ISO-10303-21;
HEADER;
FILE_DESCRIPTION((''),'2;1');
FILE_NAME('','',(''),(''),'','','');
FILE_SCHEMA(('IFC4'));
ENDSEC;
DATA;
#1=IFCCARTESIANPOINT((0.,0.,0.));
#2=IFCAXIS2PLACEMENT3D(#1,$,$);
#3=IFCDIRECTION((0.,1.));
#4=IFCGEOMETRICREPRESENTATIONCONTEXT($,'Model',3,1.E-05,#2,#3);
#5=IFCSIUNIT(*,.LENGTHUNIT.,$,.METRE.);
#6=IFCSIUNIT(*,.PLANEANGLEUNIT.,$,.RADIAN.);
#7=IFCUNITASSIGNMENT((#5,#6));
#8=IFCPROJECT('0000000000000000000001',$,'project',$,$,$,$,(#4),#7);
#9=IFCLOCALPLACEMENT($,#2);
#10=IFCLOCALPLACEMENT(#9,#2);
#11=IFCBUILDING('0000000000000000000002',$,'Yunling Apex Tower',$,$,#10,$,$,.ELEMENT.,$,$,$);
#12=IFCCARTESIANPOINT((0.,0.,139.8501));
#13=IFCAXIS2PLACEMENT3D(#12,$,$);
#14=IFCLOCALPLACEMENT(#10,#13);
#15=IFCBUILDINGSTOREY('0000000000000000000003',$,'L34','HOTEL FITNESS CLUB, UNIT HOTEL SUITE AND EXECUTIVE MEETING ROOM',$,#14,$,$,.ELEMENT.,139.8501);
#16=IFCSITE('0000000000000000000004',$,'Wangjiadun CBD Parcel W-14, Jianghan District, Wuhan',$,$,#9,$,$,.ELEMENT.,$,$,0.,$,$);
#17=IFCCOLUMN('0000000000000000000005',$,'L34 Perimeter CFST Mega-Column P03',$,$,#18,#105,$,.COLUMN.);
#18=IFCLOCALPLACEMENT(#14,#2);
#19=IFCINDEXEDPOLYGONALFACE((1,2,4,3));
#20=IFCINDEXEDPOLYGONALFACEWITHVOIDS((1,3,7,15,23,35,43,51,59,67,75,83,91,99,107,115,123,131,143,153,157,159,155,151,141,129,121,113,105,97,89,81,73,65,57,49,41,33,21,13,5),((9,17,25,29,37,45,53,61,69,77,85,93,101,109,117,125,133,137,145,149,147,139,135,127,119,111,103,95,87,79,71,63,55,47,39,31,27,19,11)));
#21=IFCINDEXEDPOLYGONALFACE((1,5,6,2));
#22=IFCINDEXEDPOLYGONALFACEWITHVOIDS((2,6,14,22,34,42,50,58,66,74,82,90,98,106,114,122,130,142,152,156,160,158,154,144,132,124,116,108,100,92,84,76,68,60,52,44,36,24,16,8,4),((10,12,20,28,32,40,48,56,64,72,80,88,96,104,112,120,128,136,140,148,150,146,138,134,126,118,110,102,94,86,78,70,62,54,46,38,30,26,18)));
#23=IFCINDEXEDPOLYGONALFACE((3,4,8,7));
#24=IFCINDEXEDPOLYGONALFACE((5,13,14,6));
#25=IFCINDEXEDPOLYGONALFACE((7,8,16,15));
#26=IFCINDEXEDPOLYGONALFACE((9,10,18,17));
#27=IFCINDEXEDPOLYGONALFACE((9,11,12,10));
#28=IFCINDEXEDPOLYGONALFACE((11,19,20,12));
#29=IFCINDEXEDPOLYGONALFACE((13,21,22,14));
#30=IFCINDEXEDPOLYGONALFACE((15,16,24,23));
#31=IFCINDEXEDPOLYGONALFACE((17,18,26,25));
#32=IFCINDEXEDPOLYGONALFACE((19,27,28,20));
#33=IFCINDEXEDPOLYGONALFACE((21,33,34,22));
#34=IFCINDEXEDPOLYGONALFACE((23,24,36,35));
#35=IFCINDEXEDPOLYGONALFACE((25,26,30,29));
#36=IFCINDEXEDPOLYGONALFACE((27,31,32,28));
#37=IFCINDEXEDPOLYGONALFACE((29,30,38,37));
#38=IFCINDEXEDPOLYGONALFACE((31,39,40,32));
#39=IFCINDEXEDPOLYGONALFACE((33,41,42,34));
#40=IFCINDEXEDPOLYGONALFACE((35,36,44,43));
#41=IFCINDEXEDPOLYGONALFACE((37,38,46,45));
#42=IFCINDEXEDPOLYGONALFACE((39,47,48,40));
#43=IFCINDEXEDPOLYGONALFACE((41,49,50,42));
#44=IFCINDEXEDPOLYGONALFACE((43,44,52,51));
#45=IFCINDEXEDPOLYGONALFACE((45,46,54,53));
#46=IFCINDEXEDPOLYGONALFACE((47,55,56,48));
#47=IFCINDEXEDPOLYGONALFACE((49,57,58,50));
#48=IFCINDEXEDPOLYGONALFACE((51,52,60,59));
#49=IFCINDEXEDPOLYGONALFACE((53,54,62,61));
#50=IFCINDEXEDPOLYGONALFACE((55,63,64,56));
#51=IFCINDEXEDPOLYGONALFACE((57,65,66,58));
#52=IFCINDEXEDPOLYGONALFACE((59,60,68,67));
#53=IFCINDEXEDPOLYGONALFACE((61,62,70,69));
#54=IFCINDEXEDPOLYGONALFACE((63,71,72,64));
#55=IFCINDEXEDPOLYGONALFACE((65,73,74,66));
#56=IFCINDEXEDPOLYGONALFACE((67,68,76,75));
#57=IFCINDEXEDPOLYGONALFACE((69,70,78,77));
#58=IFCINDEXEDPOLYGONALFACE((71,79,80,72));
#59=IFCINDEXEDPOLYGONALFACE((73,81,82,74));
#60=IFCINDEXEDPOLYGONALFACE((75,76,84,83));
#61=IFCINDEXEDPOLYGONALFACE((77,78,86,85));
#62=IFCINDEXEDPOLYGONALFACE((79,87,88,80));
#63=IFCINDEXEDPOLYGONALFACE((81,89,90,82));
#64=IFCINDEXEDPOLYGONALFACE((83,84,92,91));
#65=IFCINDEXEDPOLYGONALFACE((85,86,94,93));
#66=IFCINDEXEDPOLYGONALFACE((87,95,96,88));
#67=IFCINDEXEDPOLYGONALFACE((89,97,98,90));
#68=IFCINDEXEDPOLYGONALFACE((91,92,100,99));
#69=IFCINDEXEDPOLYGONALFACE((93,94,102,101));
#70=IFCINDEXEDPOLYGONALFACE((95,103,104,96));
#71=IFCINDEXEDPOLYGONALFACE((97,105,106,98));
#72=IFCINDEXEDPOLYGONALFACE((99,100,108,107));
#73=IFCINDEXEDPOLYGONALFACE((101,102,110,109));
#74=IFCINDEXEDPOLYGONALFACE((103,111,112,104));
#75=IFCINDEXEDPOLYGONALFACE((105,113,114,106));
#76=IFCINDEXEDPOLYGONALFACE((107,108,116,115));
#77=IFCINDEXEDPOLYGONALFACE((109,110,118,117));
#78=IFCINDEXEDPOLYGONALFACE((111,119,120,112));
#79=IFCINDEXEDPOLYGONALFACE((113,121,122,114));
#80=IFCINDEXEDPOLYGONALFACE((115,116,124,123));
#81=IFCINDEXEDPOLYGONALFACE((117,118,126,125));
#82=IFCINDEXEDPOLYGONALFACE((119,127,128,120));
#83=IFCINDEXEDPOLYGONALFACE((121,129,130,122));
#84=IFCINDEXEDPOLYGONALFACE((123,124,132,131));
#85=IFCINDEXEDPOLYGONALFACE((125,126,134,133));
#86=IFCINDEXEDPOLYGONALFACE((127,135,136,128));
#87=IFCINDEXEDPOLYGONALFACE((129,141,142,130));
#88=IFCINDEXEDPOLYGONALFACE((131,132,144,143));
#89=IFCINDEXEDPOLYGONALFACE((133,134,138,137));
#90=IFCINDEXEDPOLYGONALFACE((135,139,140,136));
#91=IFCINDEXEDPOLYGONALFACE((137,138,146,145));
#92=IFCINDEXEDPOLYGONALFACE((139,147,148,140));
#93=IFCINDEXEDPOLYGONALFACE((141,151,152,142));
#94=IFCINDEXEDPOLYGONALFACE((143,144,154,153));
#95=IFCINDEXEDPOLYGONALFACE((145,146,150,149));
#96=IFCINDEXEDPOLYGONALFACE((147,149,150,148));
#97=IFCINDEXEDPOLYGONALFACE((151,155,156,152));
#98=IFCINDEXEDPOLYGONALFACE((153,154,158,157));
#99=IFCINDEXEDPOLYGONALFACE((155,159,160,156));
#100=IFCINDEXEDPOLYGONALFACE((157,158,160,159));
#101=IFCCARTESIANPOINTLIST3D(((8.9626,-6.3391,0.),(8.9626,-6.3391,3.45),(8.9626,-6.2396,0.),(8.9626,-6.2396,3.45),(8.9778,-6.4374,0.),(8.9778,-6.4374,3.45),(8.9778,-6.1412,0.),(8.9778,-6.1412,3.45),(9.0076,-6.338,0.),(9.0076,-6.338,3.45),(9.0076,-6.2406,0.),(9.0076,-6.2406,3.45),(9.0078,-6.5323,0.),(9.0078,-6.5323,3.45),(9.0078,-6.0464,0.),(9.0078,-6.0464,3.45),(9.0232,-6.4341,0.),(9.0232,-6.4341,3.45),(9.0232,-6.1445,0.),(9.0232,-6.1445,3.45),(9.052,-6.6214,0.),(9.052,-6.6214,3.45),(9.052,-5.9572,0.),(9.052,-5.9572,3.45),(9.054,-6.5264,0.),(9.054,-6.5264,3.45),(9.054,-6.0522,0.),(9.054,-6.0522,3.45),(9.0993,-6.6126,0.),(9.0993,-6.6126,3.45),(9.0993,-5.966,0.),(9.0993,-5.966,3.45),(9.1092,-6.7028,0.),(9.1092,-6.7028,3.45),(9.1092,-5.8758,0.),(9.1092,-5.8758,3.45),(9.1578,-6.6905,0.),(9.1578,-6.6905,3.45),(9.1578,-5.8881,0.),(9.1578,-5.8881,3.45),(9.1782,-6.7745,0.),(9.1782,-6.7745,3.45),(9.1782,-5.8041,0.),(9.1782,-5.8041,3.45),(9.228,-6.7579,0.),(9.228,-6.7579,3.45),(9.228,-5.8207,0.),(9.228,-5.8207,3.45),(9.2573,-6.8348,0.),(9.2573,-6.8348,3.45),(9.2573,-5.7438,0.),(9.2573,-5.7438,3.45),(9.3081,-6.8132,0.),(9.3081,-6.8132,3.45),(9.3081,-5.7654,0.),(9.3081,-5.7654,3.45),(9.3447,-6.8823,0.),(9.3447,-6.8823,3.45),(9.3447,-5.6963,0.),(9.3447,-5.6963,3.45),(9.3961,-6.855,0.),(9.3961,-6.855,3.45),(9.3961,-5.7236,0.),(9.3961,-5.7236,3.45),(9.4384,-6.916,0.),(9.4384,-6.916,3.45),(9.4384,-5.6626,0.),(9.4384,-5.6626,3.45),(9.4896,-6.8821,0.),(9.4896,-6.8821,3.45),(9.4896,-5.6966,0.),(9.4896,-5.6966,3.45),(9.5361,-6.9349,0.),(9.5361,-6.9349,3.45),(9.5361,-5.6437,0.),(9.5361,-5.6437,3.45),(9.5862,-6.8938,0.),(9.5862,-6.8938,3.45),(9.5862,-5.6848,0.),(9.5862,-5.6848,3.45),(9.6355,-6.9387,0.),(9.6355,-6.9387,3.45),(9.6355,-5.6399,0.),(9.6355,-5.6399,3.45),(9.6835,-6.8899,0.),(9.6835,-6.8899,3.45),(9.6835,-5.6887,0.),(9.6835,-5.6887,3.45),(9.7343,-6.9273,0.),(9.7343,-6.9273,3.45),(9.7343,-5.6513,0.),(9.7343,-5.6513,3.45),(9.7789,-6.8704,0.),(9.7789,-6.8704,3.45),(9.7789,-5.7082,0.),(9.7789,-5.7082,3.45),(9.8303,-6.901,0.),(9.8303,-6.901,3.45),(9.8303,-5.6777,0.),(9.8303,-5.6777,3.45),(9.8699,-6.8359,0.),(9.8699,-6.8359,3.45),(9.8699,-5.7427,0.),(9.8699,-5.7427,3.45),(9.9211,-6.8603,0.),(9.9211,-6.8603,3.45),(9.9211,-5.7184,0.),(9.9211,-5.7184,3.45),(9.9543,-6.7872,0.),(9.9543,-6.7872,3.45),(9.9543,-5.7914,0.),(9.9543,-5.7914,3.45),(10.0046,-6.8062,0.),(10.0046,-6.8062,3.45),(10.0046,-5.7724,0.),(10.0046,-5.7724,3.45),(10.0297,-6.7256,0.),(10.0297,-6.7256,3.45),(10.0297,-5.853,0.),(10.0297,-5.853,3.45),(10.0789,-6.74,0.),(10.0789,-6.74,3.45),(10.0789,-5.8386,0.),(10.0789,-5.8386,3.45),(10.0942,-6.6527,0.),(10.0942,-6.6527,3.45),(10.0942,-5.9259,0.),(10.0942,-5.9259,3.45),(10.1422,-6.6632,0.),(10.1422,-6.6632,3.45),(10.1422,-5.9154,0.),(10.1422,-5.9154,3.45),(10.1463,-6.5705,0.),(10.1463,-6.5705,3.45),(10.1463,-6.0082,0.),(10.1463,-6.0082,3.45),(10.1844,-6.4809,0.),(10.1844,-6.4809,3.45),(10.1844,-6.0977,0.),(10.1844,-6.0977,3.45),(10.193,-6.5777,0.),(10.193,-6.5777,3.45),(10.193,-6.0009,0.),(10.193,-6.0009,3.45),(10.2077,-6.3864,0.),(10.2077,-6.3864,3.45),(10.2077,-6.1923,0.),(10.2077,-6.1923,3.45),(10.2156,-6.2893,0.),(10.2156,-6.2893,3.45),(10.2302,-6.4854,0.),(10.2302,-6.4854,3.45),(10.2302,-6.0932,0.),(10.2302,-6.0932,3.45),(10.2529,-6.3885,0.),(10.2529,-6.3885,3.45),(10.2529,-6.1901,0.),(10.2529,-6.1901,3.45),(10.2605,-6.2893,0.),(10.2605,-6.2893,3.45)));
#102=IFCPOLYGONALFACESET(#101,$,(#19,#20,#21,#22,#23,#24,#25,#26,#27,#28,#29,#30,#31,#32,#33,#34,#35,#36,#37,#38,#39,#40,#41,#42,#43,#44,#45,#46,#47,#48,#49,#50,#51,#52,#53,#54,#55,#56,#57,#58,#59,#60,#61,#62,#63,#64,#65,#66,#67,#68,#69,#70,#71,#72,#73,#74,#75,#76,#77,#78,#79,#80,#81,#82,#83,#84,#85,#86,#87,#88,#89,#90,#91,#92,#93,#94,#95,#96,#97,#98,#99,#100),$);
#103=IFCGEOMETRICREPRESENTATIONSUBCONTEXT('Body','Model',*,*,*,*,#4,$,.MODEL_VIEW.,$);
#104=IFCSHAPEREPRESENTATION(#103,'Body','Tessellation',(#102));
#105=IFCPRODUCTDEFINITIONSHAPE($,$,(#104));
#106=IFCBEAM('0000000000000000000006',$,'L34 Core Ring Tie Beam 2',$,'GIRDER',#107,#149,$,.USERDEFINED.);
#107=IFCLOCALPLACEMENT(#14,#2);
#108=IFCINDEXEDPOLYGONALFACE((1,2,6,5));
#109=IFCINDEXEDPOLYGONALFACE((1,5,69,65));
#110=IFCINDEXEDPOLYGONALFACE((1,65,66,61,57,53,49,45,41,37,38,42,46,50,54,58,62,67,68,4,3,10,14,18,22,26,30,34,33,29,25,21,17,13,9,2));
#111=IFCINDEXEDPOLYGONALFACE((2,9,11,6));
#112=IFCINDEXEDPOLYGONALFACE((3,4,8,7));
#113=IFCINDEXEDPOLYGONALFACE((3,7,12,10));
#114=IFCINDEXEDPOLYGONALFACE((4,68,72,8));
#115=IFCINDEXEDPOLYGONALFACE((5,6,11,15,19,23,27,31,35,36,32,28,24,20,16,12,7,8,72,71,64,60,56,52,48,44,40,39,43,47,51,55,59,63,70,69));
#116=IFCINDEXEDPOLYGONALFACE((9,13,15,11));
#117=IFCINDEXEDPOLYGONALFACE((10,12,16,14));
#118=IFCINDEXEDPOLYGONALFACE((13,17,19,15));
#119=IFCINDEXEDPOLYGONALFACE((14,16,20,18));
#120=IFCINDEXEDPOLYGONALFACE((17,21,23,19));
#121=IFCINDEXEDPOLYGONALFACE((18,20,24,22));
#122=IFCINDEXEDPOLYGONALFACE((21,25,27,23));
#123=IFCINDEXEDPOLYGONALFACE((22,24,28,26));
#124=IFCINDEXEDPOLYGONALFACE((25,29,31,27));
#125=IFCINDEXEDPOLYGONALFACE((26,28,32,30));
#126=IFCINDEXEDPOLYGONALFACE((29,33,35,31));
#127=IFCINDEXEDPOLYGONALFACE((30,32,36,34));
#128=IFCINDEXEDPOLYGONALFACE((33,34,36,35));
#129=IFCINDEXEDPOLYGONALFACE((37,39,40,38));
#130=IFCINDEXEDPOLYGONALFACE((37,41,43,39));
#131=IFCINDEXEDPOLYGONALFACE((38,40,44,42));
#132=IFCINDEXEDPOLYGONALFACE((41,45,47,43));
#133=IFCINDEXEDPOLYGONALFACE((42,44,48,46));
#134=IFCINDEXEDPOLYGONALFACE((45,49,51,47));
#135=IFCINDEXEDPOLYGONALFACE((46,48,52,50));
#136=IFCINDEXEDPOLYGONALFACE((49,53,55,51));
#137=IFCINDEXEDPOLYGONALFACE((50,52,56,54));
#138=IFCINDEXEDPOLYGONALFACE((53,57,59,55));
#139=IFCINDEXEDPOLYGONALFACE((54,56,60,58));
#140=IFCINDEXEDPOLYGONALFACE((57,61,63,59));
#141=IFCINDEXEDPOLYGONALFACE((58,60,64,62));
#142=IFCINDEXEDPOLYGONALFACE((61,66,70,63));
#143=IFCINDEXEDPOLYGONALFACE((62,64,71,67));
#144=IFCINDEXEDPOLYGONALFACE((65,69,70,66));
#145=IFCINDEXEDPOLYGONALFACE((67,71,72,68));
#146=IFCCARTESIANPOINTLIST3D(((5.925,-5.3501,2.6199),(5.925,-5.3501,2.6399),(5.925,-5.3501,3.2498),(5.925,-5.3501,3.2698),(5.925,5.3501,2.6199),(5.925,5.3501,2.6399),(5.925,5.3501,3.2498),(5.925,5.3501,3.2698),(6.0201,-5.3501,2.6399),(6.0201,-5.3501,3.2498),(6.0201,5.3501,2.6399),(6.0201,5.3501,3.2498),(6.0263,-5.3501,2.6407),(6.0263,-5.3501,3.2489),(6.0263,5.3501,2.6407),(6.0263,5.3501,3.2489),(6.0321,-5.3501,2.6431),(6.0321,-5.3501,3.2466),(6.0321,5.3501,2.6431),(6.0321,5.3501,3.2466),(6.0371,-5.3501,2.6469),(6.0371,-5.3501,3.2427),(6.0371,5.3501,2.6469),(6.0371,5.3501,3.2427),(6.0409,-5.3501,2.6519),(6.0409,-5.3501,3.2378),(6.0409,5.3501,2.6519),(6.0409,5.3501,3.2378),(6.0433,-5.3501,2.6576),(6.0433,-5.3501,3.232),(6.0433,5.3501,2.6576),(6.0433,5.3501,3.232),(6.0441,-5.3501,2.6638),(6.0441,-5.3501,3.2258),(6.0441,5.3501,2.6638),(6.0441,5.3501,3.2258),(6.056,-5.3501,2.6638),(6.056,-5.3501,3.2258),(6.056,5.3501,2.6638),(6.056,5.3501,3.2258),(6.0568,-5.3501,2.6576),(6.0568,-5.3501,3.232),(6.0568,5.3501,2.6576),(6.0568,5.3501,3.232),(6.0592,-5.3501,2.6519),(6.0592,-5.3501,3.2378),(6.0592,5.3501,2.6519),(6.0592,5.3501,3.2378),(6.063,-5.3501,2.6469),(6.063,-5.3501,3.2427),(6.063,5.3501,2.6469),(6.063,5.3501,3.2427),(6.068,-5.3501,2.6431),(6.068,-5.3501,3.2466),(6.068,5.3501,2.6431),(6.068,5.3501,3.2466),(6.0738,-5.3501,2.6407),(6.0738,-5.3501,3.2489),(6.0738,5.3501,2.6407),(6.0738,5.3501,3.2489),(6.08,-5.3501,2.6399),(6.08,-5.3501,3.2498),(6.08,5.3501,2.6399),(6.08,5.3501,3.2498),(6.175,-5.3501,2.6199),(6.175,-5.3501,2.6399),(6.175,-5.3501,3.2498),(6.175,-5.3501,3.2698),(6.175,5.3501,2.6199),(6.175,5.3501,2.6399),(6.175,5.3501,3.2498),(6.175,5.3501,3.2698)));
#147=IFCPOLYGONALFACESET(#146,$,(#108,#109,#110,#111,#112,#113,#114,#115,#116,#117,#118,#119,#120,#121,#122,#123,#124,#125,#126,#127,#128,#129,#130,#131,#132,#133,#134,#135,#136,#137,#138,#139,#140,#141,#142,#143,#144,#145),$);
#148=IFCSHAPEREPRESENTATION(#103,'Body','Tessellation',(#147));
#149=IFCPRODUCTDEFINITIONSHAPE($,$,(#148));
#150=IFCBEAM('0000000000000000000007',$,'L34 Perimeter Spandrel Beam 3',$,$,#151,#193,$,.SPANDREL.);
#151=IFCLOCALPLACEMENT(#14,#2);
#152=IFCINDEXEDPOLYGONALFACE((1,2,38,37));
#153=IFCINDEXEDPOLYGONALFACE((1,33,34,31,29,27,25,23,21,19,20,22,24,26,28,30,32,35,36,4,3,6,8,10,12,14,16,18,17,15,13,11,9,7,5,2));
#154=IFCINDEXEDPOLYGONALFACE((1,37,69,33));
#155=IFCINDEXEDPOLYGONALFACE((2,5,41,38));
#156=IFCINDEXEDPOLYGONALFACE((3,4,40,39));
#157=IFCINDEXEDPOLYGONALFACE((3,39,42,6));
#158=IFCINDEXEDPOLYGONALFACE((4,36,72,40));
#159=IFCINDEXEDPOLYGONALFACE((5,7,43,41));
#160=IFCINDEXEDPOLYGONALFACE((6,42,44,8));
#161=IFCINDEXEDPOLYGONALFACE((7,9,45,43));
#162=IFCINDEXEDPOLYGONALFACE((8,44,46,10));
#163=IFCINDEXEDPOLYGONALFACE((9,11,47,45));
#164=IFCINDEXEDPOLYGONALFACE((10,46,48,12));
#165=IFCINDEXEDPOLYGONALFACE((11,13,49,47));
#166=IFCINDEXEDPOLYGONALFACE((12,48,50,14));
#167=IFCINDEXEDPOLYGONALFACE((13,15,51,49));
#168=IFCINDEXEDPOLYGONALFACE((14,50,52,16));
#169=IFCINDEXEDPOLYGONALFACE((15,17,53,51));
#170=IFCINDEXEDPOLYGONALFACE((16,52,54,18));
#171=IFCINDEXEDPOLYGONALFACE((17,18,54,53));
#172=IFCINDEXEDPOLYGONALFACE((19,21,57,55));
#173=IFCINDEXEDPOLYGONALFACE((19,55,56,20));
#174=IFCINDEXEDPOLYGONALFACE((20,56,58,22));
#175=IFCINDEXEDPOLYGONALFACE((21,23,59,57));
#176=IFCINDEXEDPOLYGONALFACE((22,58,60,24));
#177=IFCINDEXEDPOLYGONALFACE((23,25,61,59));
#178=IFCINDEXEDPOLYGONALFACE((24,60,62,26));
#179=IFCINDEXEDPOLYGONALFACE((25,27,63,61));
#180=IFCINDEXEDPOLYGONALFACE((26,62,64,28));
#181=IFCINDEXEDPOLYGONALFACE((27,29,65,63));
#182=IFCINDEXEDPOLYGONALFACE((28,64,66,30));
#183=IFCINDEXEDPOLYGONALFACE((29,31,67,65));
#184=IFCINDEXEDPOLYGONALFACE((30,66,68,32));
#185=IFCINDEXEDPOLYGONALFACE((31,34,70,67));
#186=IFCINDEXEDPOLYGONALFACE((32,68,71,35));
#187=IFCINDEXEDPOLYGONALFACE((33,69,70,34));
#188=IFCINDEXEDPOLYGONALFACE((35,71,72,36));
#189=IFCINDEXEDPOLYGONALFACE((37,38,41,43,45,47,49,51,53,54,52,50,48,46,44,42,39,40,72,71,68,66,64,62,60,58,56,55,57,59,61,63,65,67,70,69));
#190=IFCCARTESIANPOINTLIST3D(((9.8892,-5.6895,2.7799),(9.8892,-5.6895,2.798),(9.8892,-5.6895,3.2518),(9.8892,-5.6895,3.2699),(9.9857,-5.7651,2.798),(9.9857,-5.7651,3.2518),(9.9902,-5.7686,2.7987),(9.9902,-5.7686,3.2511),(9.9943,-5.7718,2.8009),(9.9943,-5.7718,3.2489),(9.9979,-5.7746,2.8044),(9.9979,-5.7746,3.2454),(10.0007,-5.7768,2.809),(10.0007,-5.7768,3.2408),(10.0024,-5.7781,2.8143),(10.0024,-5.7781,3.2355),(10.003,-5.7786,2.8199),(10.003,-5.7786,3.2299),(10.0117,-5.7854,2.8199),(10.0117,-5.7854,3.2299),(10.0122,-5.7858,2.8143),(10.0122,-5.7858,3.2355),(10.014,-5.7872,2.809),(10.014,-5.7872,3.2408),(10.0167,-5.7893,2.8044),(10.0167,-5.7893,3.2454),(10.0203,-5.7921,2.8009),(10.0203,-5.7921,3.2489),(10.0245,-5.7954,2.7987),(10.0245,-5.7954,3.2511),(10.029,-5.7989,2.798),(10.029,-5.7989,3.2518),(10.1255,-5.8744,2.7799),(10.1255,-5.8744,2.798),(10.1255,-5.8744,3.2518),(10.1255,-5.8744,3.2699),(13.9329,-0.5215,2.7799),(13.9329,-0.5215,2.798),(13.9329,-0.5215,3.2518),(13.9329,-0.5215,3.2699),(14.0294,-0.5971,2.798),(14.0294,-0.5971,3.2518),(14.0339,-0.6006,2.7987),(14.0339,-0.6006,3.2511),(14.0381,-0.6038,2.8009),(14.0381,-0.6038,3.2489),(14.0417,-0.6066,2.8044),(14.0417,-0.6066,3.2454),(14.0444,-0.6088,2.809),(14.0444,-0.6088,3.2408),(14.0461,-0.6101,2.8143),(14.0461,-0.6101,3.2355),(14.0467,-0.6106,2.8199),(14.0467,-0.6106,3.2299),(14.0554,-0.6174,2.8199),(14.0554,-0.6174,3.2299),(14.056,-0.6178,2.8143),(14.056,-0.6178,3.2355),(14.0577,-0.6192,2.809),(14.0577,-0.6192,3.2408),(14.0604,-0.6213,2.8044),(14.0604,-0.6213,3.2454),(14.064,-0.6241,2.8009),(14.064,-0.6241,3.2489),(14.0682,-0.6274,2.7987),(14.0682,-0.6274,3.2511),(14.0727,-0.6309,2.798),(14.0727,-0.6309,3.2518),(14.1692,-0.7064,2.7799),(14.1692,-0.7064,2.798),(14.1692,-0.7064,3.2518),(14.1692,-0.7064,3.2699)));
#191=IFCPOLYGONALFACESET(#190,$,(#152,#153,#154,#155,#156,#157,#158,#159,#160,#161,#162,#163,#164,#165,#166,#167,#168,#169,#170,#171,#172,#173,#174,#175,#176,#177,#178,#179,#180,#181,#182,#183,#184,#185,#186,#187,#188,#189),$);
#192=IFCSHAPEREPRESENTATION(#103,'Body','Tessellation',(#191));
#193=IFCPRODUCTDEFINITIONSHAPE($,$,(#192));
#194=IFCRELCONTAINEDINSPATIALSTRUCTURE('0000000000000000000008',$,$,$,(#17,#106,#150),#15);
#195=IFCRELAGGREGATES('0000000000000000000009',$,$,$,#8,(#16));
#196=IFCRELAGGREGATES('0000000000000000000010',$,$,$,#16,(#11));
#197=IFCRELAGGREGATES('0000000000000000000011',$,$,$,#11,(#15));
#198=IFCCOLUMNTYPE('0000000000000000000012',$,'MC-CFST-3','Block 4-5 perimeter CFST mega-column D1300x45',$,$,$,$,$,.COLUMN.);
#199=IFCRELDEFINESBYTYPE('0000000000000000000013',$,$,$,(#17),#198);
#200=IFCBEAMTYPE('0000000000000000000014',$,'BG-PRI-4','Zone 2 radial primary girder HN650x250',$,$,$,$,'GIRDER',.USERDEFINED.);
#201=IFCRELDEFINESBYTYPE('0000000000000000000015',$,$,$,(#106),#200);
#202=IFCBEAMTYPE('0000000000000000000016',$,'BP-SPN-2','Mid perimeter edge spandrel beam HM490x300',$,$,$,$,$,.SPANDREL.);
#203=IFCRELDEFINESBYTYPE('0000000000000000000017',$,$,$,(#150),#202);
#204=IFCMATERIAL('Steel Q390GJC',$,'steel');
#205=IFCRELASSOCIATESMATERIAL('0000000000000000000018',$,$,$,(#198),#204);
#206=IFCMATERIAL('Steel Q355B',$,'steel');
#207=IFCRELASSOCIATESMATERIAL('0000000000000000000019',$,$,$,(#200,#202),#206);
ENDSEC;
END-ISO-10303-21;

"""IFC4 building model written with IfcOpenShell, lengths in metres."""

from ifc_helpers import new_model, si_unit, direction, frame, origin, origin_2d, place, context, subcontext, project, spatial, hollow_circle, i_section, extrude, source, transform, mapped, material, material_profile, profile_set, type_object, element, save


model = new_model("IFC4")

# Units and contexts
model_context = context("Model", 3, precision=1e-05, world=origin(), true_north=direction((0.0, 1.0)))
body_context = subcontext(model_context, "Body", "Model", "MODEL_VIEW")
ifc_project = project(units=[si_unit("LENGTHUNIT", "METRE"), si_unit("PLANEANGLEUNIT", "RADIAN")], contexts=[model_context])

# Site, building, storey
site_placement = place(None, origin())
site = spatial("IfcSite", under=ifc_project, at=site_placement, Name="Wangjiadun CBD Parcel W-14, Jianghan District, Wuhan", CompositionType="ELEMENT", RefElevation=0.0)
building_placement = place(site_placement, origin())
building = spatial("IfcBuilding", under=site, at=building_placement, Name="Yunling Apex Tower", CompositionType="ELEMENT")
storey_placement = place(building_placement, frame((0.0, 0.0, 139.8501)))
storey = spatial("IfcBuildingStorey", under=building, at=storey_placement, Name="L34", Description="HOTEL FITNESS CLUB, UNIT HOTEL SUITE AND EXECUTIVE MEETING ROOM", CompositionType="ELEMENT", Elevation=139.8501)

# Column
ifc_material_1 = material(Name="Steel Q390GJC", Category="steel")
ifc_material_profile_1 = material_profile(ifc_material_1, hollow_circle(Radius=0.6499, WallThickness=0.0449, at=origin_2d()))
ifc_profile_set_1 = profile_set([ifc_material_profile_1], Name="Steel Q390GJC")
column_type = type_object("IfcColumnType", Name="MC-CFST-3", Description="Block 4-5 perimeter CFST mega-column D1300x45", PredefinedType="COLUMN", material=ifc_profile_set_1)
shared_shape_1 = source(origin(), body_context, "Body", "SweptSolid", [
    extrude(hollow_circle(Radius=0.6499, WallThickness=0.0449, at=origin_2d()), origin(), (0.0, 0.0, 1.0), 3.45),
])
column_placement = place(storey_placement, frame((9.6106, -6.2893, 0.0), z_axis=(0.0, 0.0, 1.0), x_axis=(1.0, 0.0, 0.0)))
element("IfcColumn", 1, at=column_placement, inside=storey, type_object=column_type, Name="L34 Perimeter CFST Mega-Column P03", PredefinedType="COLUMN", context=body_context, shape_type="MappedRepresentation", body=[
    mapped(shared_shape_1, transform((0.0, 0.0, 0.0), scale=1.0)),
])

# Beams
ifc_material_2 = material(Name="Steel Q355B", Category="steel")
ifc_material_profile_2 = material_profile(ifc_material_2, i_section(OverallWidth=0.25, OverallDepth=0.6499, WebThickness=0.012, FlangeThickness=0.02, FilletRadius=0.0239, at=origin_2d()))
ifc_profile_set_2 = profile_set([ifc_material_profile_2], Name="Steel Q355B")
beam_type_1 = type_object("IfcBeamType", Name="BG-PRI-4", Description="Zone 2 radial primary girder HN650x250", ElementType="GIRDER", PredefinedType="USERDEFINED", material=ifc_profile_set_2)
shared_shape_2 = source(origin(), body_context, "Body", "SweptSolid", [
    extrude(i_section(OverallWidth=0.25, OverallDepth=0.6499, WebThickness=0.012, FlangeThickness=0.02, FilletRadius=0.0239, at=origin_2d()), origin(), (0.0, 0.0, 1.0), 10.7002),
])
beam_1_placement = place(storey_placement, frame((6.05, -5.3501, 2.9448), z_axis=(0.0, 1.0, 0.0), x_axis=(-1.0, 0.0, 0.0)))
element("IfcBeam", 2, at=beam_1_placement, inside=storey, type_object=beam_type_1, Name="L34 Core Ring Tie Beam 2", ObjectType="GIRDER", PredefinedType="USERDEFINED", context=body_context, shape_type="MappedRepresentation", body=[
    mapped(shared_shape_2, transform((0.0, 0.0, 0.0), scale=1.0)),
])
ifc_material_profile_3 = material_profile(ifc_material_2, i_section(OverallWidth=0.3, OverallDepth=0.49, WebThickness=0.011, FlangeThickness=0.0181, FilletRadius=0.022, at=origin_2d()))
ifc_profile_set_3 = profile_set([ifc_material_profile_3], Name="Steel Q355B")
beam_type_2 = type_object("IfcBeamType", Name="BP-SPN-2", Description="Mid perimeter edge spandrel beam HM490x300", PredefinedType="SPANDREL", material=ifc_profile_set_3)
shared_shape_3 = source(origin(), body_context, "Body", "SweptSolid", [
    extrude(i_section(OverallWidth=0.3, OverallDepth=0.49, WebThickness=0.011, FlangeThickness=0.0181, FilletRadius=0.022, at=origin_2d()), origin(), (0.0, 0.0, 1.0), 6.562),
])
beam_2_placement = place(storey_placement, frame((10.0073, -5.782, 3.0249), z_axis=(0.616233, 0.787564, 0.0), x_axis=(-0.787564, 0.616233, 0.0)))
element("IfcBeam", 3, at=beam_2_placement, inside=storey, type_object=beam_type_2, Name="L34 Perimeter Spandrel Beam 3", PredefinedType="SPANDREL", context=body_context, shape_type="MappedRepresentation", body=[
    mapped(shared_shape_3, transform((0.0, 0.0, 0.0), scale=1.0)),
])

save(model, "model.ifc")
